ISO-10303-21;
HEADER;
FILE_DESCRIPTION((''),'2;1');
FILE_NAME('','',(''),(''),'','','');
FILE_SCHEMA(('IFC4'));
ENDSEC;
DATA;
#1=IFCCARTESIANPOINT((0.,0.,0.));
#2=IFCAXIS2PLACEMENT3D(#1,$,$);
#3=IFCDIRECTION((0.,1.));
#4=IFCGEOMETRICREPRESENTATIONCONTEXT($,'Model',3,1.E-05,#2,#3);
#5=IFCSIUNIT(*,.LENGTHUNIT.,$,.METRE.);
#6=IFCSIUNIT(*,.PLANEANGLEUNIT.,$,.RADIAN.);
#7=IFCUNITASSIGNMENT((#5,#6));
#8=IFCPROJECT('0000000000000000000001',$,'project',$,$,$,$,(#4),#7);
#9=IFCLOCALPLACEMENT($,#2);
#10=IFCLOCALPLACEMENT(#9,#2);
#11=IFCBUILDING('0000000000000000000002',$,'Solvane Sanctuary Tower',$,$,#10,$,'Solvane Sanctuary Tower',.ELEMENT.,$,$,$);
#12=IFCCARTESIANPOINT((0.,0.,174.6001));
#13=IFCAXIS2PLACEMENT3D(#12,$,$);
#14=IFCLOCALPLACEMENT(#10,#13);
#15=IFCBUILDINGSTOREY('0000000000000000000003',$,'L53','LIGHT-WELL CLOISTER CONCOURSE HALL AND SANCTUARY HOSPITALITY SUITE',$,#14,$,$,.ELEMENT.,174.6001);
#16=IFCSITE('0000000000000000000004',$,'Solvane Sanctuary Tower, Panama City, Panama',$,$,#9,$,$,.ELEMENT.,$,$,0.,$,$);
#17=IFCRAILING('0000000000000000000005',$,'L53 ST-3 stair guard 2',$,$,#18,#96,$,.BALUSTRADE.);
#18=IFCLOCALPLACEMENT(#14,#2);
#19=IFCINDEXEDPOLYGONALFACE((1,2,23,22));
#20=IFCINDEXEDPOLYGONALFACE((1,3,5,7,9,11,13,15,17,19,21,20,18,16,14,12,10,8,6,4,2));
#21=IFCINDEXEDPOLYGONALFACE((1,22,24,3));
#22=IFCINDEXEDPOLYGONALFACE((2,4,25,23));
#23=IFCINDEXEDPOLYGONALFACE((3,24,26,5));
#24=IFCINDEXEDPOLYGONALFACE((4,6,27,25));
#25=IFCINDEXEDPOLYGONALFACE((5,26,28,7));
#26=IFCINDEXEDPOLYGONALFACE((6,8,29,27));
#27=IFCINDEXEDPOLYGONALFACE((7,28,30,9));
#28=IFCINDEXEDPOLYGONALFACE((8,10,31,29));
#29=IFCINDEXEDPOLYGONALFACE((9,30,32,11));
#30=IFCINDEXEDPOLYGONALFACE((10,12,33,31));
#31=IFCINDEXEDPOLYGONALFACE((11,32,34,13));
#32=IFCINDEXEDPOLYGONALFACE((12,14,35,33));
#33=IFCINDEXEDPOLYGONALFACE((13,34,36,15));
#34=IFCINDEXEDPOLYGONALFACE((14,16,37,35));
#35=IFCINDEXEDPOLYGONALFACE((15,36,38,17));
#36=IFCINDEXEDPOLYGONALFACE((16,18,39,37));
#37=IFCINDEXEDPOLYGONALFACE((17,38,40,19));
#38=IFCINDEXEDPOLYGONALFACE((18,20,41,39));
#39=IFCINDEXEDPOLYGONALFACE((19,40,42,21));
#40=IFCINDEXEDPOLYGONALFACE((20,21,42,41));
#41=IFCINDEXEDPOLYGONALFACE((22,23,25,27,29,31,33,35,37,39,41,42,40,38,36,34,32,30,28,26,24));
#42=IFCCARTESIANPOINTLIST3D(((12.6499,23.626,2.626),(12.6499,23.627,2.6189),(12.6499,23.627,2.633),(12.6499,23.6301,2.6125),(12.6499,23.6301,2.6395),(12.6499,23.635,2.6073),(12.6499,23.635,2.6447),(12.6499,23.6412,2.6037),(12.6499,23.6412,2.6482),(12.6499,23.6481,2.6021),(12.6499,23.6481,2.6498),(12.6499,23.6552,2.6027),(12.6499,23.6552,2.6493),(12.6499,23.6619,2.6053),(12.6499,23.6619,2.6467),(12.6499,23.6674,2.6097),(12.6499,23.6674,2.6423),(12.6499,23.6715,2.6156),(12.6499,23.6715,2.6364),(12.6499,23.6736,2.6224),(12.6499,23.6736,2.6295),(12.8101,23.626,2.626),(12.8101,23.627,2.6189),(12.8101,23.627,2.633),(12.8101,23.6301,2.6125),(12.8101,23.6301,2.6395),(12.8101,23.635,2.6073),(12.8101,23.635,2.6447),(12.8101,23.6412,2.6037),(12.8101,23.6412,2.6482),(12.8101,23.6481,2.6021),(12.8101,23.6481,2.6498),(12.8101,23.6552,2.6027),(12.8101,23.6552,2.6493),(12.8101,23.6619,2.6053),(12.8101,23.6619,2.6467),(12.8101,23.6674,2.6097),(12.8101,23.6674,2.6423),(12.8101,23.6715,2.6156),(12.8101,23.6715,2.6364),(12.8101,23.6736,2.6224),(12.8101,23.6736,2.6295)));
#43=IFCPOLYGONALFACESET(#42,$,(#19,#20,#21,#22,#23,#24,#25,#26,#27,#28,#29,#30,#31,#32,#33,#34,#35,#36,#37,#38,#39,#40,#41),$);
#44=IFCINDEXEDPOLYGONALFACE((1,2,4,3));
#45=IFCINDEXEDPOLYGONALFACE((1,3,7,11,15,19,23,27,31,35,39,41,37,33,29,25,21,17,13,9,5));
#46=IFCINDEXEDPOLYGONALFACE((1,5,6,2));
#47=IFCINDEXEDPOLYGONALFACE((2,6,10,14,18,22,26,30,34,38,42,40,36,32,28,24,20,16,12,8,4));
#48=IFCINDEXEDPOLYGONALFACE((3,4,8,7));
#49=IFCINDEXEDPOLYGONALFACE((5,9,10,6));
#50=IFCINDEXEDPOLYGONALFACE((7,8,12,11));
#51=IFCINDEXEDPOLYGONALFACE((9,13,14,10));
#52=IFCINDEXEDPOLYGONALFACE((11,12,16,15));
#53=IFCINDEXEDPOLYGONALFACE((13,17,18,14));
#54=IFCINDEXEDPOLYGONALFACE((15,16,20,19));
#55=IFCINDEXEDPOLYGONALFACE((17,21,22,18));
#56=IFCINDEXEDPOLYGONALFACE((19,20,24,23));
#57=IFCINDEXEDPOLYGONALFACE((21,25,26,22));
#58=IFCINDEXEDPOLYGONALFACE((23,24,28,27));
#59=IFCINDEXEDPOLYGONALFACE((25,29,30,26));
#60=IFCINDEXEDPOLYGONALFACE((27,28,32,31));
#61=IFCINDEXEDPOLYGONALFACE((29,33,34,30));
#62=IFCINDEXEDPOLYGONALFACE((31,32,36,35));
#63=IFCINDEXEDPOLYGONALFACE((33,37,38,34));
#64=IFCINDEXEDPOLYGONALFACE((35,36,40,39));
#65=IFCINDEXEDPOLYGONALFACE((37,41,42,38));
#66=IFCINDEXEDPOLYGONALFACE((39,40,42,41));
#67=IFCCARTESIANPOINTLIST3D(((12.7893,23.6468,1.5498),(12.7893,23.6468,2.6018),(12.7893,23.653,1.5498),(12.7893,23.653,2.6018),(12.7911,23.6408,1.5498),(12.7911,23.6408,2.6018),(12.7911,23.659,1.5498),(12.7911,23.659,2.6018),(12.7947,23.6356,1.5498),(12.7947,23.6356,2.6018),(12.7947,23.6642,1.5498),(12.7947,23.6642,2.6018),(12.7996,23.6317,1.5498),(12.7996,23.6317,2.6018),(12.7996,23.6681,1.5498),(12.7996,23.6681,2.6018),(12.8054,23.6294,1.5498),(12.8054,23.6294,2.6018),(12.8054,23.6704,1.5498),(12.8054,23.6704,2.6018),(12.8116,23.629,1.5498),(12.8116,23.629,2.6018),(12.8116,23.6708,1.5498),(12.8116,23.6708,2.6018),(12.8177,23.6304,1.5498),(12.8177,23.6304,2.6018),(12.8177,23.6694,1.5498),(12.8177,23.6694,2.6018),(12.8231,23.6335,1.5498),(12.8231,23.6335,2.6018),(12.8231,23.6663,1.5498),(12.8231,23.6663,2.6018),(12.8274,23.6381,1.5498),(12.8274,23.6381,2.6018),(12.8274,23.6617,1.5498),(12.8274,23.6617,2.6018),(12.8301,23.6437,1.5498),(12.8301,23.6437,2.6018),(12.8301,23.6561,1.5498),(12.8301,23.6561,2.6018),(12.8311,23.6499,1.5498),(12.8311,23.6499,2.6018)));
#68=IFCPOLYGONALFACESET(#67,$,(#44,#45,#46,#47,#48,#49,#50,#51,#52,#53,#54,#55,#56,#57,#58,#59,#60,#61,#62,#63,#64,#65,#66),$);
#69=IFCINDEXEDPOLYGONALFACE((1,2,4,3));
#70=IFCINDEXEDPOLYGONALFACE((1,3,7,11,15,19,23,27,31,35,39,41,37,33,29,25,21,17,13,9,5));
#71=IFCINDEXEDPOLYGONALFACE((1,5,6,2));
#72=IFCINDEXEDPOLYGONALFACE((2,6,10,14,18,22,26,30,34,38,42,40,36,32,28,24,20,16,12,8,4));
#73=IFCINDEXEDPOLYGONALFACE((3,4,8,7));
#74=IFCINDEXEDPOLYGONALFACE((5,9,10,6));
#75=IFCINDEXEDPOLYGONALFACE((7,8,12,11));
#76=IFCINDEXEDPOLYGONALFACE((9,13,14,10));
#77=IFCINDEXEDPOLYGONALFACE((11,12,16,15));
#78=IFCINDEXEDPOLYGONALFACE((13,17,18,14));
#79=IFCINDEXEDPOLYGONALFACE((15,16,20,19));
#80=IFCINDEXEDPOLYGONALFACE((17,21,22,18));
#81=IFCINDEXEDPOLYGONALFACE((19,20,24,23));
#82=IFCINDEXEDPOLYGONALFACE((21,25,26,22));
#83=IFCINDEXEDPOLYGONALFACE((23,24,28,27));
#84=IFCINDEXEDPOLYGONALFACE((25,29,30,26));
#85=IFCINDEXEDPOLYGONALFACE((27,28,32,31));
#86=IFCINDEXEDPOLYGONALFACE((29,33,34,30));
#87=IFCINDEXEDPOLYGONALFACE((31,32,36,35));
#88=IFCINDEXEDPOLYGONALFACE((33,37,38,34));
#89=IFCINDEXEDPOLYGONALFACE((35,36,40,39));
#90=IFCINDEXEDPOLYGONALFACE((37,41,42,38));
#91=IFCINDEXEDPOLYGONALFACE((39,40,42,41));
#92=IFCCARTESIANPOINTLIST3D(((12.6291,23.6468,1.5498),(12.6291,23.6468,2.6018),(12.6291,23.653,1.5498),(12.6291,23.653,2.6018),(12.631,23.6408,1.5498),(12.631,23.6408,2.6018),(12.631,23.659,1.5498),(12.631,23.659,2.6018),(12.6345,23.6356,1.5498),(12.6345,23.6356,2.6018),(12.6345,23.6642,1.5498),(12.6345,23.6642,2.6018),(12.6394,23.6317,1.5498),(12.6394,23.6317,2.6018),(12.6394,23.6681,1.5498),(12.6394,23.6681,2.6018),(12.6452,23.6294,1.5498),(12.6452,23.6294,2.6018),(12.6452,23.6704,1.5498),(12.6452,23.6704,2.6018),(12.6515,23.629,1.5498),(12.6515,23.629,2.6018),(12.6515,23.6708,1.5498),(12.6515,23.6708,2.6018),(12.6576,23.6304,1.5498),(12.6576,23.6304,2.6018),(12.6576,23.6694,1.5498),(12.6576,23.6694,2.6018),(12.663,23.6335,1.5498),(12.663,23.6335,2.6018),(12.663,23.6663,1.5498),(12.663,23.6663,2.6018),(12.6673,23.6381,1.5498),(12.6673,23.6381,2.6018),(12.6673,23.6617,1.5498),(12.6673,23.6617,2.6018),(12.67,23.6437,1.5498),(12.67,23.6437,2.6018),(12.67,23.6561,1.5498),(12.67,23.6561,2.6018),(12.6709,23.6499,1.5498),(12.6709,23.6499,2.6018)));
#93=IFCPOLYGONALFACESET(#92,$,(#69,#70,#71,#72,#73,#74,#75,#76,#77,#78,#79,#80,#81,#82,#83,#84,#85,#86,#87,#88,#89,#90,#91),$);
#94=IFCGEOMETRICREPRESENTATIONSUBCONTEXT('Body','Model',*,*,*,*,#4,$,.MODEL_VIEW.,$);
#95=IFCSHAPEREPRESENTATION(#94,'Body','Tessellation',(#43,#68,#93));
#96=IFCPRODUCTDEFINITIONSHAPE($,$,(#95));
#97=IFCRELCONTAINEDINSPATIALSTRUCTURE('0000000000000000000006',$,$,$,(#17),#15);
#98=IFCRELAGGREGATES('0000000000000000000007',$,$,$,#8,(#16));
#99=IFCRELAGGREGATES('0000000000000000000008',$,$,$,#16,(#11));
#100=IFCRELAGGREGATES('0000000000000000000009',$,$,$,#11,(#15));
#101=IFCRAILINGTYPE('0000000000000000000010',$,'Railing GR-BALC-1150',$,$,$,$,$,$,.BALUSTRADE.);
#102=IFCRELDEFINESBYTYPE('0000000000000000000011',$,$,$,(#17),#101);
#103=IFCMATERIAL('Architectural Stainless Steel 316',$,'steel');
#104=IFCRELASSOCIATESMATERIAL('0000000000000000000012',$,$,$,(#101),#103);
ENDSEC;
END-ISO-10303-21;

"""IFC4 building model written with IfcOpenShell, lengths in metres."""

from ifc_helpers import new_model, si_unit, direction, frame, origin, origin_2d, place, context, subcontext, project, spatial, circle, extrude, material, type_object, element, save


model = new_model("IFC4")

# Units and contexts
model_context = context("Model", 3, precision=1e-05, world=origin(), true_north=direction((0.0, 1.0)))
body_context = subcontext(model_context, "Body", "Model", "MODEL_VIEW")
ifc_project = project(units=[si_unit("LENGTHUNIT", "METRE"), si_unit("PLANEANGLEUNIT", "RADIAN")], contexts=[model_context])

# Site, building, storey
site_placement = place(None, origin())
site = spatial("IfcSite", under=ifc_project, at=site_placement, Name="Solvane Sanctuary Tower, Panama City, Panama", CompositionType="ELEMENT", RefElevation=0.0)
building_placement = place(site_placement, origin())
building = spatial("IfcBuilding", under=site, at=building_placement, Name="Solvane Sanctuary Tower", LongName="Solvane Sanctuary Tower", CompositionType="ELEMENT")
storey_placement = place(building_placement, frame((0.0, 0.0, 174.6001)))
storey = spatial("IfcBuildingStorey", under=building, at=storey_placement, Name="L53", Description="LIGHT-WELL CLOISTER CONCOURSE HALL AND SANCTUARY HOSPITALITY SUITE", CompositionType="ELEMENT", Elevation=174.6001)

# Railing
ifc_material_1 = material(Name="Architectural Stainless Steel 316", Category="steel")
railing_type_1 = type_object("IfcRailingType", Name="Railing GR-BALC-1150", PredefinedType="BALUSTRADE", material=ifc_material_1)
railing_1_placement = place(storey_placement, frame((12.8101, 23.6499, 1.5498)))
element("IfcRailing", 1, at=railing_1_placement, inside=storey, type_object=railing_type_1, Name="L53 ST-3 stair guard 2", PredefinedType="BALUSTRADE", context=body_context, shape_type="SweptSolid", body=[
    extrude(circle(Radius=0.0239, at=origin_2d()), frame((0.0, 0.0, 1.0762), z_axis=(-1.0, 0.0, 0.0), x_axis=(0.0, -1.0, 0.0)), (0.0, 0.0, 1.0), 0.1602),
    extrude(circle(Radius=0.021, at=origin_2d()), origin(), (0.0, 0.0, 1.0), 1.052),
    extrude(circle(Radius=0.021, at=origin_2d()), frame((-0.1602, 0.0, 0.0)), (0.0, 0.0, 1.0), 1.052),
])

save(model, "model.ifc")
